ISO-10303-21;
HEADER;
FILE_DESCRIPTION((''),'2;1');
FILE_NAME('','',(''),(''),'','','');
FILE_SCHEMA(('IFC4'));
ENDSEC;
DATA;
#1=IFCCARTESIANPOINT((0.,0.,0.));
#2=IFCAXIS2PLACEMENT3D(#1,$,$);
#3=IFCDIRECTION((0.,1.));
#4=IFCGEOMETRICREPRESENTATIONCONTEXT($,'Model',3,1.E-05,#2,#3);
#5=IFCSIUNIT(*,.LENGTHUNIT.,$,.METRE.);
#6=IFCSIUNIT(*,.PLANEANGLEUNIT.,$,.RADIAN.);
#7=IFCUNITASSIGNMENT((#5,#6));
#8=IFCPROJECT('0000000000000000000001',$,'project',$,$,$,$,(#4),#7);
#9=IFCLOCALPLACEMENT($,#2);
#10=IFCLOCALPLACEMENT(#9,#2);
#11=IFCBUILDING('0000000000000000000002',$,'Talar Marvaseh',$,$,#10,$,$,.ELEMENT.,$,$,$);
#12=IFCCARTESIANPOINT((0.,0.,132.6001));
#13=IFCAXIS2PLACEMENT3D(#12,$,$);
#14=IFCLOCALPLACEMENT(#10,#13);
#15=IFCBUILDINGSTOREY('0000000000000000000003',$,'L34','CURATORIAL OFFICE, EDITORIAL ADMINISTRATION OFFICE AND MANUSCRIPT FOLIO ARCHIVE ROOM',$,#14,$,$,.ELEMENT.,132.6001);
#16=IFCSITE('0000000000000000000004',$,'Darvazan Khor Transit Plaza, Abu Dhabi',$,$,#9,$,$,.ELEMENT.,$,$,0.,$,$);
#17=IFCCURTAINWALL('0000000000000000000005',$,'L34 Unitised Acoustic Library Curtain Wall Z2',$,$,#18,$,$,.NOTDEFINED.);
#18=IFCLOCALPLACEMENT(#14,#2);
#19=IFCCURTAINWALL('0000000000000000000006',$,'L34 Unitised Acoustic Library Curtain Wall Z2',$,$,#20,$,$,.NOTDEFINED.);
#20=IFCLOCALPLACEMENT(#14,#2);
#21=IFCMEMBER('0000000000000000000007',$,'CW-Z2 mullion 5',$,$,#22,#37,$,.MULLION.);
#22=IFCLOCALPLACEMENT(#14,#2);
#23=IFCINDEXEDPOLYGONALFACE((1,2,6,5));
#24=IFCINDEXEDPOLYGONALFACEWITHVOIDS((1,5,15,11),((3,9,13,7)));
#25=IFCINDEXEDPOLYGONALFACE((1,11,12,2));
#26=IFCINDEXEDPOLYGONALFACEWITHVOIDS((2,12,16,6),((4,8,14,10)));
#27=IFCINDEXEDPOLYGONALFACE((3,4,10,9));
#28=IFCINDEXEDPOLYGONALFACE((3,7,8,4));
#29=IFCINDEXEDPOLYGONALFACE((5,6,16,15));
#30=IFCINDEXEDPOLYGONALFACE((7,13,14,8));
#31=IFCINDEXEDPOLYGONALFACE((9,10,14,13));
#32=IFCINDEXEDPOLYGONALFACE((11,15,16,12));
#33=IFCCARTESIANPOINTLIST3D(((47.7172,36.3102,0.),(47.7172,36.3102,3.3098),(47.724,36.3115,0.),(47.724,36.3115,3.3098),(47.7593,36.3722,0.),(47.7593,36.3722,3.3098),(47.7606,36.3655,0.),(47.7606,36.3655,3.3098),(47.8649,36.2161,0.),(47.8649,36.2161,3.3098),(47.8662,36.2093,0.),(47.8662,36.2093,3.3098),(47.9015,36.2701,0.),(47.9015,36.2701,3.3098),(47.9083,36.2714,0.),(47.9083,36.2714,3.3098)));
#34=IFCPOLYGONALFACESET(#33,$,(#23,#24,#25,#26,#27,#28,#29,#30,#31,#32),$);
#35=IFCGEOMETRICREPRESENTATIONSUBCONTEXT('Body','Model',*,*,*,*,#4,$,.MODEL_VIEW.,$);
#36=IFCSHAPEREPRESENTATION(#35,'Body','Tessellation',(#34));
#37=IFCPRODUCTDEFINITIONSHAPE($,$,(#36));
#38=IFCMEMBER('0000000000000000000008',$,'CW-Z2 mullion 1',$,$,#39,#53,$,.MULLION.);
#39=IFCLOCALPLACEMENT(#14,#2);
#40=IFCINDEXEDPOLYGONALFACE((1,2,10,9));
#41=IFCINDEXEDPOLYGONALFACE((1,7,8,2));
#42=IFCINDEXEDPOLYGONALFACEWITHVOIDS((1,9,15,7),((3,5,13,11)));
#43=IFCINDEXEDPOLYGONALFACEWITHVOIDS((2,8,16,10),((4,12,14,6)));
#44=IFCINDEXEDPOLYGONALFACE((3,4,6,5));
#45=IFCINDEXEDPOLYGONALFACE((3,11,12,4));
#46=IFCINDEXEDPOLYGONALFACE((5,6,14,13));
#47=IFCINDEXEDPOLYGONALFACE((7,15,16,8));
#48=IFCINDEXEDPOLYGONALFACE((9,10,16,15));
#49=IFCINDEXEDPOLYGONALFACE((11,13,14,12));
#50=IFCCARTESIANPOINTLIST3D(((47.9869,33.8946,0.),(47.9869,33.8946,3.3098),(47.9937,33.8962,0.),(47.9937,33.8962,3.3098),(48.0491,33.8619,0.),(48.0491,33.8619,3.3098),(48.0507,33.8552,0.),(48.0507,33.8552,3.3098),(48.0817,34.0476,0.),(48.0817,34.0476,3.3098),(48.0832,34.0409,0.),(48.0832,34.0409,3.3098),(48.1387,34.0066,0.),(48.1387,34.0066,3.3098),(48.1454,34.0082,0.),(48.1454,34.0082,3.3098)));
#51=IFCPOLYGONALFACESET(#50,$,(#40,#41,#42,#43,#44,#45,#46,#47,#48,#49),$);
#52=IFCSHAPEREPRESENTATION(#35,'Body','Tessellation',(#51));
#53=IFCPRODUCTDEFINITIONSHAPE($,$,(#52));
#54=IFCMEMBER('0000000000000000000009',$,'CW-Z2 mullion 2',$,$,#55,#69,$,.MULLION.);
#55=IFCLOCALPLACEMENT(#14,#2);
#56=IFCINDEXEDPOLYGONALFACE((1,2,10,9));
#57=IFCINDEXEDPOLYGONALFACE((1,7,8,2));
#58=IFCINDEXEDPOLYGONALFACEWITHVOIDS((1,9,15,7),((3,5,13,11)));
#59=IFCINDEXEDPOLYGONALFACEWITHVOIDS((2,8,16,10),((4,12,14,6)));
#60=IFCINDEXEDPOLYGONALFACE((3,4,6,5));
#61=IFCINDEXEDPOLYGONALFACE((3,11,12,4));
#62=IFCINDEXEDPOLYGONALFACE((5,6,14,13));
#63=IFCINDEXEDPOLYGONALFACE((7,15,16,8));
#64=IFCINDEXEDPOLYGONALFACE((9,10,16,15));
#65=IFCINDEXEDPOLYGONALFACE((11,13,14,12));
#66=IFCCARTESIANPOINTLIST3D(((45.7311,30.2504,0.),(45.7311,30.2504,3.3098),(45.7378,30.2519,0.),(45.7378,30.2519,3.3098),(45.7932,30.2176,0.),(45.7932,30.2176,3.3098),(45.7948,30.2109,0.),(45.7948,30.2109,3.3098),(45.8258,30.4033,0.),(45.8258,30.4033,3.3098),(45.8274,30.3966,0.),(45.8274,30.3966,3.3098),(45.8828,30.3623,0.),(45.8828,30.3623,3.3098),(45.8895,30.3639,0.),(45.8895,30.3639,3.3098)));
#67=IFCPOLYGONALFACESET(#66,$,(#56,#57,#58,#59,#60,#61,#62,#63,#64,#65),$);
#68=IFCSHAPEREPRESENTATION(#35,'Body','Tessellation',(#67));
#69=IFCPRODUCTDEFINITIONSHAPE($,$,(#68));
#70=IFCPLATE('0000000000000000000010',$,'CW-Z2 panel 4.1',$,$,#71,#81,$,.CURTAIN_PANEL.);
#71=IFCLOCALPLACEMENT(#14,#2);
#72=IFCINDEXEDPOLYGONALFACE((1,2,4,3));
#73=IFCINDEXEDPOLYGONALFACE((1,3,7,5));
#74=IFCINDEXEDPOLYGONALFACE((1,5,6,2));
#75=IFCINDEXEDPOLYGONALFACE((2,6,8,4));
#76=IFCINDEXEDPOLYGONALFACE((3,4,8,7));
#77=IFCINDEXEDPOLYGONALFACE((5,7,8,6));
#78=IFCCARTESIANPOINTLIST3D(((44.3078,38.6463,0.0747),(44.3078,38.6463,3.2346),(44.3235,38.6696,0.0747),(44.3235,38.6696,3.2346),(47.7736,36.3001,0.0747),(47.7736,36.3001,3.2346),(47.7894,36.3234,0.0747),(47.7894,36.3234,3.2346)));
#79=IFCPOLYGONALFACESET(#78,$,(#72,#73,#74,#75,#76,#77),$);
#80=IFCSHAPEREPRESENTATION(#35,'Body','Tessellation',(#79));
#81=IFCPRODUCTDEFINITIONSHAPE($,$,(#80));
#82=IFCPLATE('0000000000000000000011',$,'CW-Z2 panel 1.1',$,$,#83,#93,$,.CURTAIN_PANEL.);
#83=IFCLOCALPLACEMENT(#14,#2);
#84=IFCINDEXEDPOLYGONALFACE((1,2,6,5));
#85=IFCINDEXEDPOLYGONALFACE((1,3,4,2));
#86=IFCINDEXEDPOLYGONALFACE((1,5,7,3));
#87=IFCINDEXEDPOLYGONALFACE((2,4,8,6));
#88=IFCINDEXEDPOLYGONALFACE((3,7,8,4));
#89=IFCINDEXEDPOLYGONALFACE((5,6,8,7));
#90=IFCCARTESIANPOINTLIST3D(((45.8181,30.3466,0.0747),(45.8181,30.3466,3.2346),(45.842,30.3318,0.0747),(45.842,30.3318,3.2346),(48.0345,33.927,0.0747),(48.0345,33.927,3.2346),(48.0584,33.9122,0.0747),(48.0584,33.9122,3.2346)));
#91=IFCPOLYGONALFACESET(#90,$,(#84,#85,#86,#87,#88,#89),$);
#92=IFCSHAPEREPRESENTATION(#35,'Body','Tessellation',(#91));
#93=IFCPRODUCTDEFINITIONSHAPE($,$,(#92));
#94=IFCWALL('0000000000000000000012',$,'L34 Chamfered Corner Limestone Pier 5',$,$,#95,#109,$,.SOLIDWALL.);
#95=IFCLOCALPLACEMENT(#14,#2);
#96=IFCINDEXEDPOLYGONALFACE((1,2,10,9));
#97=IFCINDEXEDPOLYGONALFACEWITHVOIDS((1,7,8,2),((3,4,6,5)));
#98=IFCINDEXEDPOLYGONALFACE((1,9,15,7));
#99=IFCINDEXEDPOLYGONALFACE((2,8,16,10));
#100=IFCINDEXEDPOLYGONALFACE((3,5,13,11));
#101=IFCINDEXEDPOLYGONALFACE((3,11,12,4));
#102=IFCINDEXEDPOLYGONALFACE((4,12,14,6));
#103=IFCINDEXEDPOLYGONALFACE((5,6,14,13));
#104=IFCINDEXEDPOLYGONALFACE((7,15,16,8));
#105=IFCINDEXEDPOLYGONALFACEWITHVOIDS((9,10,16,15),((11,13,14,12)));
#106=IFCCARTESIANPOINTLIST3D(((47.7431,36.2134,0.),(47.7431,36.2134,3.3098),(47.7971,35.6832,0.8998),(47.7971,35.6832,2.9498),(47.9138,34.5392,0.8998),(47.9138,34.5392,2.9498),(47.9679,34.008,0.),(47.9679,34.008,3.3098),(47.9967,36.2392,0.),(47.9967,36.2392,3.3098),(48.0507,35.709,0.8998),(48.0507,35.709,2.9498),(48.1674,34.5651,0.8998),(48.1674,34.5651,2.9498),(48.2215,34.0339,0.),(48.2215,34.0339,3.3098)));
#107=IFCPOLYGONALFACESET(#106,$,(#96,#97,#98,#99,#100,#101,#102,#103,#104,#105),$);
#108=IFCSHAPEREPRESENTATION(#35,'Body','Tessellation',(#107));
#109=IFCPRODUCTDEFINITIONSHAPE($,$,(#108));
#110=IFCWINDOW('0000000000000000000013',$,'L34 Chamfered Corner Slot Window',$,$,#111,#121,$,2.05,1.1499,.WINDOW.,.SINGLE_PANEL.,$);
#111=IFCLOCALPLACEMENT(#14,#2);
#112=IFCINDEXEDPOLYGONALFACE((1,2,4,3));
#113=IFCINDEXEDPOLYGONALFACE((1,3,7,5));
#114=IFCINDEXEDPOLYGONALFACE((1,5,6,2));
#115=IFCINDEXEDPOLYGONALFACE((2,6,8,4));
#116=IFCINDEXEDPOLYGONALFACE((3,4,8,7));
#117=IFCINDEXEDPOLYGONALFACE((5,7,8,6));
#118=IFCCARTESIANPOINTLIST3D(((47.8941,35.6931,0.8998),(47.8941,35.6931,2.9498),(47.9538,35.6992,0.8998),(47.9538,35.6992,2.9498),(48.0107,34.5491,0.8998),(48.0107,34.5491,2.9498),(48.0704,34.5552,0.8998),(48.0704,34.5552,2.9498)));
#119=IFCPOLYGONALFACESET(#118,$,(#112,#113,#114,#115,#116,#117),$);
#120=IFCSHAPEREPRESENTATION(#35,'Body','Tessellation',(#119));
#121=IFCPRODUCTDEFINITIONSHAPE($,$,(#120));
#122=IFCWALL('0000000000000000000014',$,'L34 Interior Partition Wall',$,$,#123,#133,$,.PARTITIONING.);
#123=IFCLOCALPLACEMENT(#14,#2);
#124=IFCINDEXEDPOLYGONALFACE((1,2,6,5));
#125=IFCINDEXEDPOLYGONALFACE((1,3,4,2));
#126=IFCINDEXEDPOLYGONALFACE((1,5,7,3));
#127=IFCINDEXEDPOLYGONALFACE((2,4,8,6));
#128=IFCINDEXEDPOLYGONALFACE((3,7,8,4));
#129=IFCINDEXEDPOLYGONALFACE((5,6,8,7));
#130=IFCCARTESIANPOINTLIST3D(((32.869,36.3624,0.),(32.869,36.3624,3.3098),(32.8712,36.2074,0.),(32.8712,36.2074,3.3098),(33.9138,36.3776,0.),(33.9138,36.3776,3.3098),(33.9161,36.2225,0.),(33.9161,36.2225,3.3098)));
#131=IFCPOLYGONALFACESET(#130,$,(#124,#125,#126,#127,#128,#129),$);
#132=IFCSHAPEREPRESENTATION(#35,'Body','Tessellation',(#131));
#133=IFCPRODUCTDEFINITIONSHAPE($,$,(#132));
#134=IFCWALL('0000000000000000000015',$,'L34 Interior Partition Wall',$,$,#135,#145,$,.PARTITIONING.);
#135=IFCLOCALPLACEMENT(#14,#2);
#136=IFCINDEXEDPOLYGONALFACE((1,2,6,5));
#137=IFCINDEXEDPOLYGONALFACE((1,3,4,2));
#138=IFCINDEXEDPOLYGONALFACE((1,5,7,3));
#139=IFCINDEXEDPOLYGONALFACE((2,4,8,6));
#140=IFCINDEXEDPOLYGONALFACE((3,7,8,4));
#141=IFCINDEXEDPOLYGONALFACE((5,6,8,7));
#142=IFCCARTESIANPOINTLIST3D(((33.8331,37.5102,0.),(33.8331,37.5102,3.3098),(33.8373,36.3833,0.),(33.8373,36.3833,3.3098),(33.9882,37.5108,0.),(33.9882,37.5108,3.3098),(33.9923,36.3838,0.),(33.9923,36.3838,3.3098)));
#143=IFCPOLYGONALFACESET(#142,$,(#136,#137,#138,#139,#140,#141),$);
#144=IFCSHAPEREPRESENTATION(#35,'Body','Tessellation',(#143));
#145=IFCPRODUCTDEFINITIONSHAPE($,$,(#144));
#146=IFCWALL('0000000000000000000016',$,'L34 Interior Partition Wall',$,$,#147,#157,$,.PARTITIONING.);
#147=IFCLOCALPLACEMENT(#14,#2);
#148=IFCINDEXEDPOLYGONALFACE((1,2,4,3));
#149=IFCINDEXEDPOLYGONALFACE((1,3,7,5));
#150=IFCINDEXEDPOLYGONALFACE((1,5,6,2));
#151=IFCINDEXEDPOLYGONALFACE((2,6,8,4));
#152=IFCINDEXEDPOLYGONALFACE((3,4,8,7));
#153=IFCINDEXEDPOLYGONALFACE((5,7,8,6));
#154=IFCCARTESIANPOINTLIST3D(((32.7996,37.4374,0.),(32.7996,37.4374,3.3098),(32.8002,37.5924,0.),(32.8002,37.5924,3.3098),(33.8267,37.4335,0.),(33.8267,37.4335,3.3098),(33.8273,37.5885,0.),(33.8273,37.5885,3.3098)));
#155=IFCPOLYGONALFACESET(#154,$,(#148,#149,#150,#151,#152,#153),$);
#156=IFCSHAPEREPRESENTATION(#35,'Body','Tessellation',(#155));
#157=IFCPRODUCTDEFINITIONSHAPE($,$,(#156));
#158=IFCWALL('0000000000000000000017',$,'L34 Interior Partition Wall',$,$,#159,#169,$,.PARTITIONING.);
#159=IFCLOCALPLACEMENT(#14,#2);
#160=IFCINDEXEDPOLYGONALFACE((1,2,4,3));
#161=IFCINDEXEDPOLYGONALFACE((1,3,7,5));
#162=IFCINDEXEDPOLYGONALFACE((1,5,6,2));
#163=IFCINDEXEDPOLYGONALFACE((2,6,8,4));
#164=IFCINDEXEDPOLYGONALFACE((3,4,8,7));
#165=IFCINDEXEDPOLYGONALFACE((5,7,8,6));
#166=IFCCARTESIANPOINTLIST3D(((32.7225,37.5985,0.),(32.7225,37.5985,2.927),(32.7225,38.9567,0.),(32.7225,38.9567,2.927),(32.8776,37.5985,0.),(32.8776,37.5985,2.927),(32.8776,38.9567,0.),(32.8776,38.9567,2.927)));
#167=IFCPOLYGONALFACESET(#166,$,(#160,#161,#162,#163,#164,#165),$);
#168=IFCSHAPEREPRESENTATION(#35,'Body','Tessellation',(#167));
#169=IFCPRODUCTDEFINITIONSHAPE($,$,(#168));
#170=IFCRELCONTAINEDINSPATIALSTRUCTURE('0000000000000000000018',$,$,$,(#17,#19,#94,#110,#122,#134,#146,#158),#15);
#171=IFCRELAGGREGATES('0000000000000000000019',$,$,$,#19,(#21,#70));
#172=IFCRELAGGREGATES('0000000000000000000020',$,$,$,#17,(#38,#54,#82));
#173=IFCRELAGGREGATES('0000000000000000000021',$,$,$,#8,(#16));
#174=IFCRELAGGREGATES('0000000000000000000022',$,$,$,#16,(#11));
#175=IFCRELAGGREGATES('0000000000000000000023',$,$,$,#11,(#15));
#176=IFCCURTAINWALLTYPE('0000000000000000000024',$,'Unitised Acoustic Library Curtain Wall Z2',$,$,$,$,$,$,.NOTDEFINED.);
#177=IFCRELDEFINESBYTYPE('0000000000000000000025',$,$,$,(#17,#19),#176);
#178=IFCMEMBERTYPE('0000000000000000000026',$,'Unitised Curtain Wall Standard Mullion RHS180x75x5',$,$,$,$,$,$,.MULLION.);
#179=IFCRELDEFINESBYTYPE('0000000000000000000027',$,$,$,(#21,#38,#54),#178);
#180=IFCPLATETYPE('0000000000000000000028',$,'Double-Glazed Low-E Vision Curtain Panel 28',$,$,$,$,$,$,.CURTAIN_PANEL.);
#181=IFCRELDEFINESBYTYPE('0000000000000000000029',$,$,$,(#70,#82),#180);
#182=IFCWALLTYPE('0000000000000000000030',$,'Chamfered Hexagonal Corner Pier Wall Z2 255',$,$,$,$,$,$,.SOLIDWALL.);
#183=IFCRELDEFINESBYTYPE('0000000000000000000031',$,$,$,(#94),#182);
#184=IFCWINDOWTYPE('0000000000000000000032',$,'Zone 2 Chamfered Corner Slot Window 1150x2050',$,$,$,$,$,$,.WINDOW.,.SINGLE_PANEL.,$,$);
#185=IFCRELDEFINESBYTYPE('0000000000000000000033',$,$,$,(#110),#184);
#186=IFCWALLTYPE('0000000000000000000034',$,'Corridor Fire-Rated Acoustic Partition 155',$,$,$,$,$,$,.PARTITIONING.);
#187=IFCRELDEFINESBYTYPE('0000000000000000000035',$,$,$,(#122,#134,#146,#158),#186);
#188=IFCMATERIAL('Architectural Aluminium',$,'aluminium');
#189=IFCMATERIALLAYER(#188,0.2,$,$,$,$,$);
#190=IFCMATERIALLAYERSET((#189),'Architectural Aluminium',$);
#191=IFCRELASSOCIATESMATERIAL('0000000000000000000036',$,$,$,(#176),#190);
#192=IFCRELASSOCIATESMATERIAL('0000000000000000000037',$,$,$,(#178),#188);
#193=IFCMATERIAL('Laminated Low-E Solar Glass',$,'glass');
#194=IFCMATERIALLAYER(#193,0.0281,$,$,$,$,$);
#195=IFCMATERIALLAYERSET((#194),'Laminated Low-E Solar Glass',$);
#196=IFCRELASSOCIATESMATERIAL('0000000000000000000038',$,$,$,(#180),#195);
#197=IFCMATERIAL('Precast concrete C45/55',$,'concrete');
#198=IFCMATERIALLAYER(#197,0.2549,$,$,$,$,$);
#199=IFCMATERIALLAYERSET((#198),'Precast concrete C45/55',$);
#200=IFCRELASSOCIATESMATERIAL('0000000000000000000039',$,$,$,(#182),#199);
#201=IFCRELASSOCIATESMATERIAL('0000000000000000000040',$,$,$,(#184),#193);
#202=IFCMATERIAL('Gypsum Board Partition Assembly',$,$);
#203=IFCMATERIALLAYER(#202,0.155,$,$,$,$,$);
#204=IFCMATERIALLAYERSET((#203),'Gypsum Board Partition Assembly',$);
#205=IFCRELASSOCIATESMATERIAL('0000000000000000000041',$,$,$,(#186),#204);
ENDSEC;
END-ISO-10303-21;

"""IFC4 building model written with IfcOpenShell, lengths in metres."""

from ifc_helpers import new_model, si_unit, direction, frame, frame_2d, origin, origin_2d, place, context, subcontext, project, spatial, rectangle, hollow_rectangle, extrude, source, transform, mapped, material, layer, layer_set, material_profile, profile_set, type_object, type_shapes, element, fill, aggregate, save


model = new_model("IFC4")

# Units and contexts
model_context = context("Model", 3, precision=1e-05, world=origin(), true_north=direction((0.0, 1.0)))
body_context = subcontext(model_context, "Body", "Model", "MODEL_VIEW")
ifc_project = project(units=[si_unit("LENGTHUNIT", "METRE"), si_unit("PLANEANGLEUNIT", "RADIAN")], contexts=[model_context])

# Site, building, storey
site_placement = place(None, origin())
site = spatial("IfcSite", under=ifc_project, at=site_placement, Name="Darvazan Khor Transit Plaza, Abu Dhabi", CompositionType="ELEMENT", RefElevation=0.0)
building_placement = place(site_placement, origin())
building = spatial("IfcBuilding", under=site, at=building_placement, Name="Talar Marvaseh", CompositionType="ELEMENT")
storey_placement = place(building_placement, frame((0.0, 0.0, 132.6001)))
storey = spatial("IfcBuildingStorey", under=building, at=storey_placement, Name="L34", Description="CURATORIAL OFFICE, EDITORIAL ADMINISTRATION OFFICE AND MANUSCRIPT FOLIO ARCHIVE ROOM", CompositionType="ELEMENT", Elevation=132.6001)

# Curtain wall
ifc_material_1 = material(Name="Architectural Aluminium", Category="aluminium")
ifc_layer_1 = layer(ifc_material_1, 0.2)
ifc_layer_set_1 = layer_set([ifc_layer_1], Name="Architectural Aluminium")
curtain_wall_type = type_object("IfcCurtainWallType", Name="Unitised Acoustic Library Curtain Wall Z2", PredefinedType="NOTDEFINED", material=ifc_layer_set_1)
curtain_wall_1_placement = place(storey_placement, origin())
curtain_wall_1 = element("IfcCurtainWall", 1, at=curtain_wall_1_placement, inside=storey, type_object=curtain_wall_type, Name="L34 Unitised Acoustic Library Curtain Wall Z2", PredefinedType="NOTDEFINED")

# Curtain wall, member
curtain_wall_2_placement = place(storey_placement, origin())
curtain_wall_2 = element("IfcCurtainWall", 2, at=curtain_wall_2_placement, inside=storey, type_object=curtain_wall_type, Name="L34 Unitised Acoustic Library Curtain Wall Z2", PredefinedType="NOTDEFINED")
ifc_material_profile_1 = material_profile(ifc_material_1, hollow_rectangle(XDim=0.075, YDim=0.1799, WallThickness=0.0049, at=origin_2d()), Name="RHS180x75x5")
ifc_profile_set_1 = profile_set([ifc_material_profile_1], Name="Architectural Aluminium")
member_type_1 = type_object("IfcMemberType", Name="Unitised Curtain Wall Standard Mullion RHS180x75x5", PredefinedType="MULLION", material=ifc_profile_set_1)
shared_shape_1 = source(origin(), body_context, "Body", "SweptSolid", [
    extrude(hollow_rectangle(XDim=0.075, YDim=0.1799, WallThickness=0.0049, at=origin_2d()), origin(), (0.0, 0.0, 1.0), 3.3098),
])
type_shapes(member_type_1, [shared_shape_1])
member_1_placement = place(storey_placement, frame((47.8127, 36.2908, 0.0), z_axis=(0.0, 0.0, 1.0), x_axis=(0.560583, 0.828098, 0.0)))
member_1 = element("IfcMember", 3, at=member_1_placement, type_object=member_type_1, Name="CW-Z2 mullion 5", PredefinedType="MULLION", context=body_context, shape_type="MappedRepresentation", body=[
    mapped(shared_shape_1, transform((0.0, 0.0, 0.0), x_axis=(1.0, 0.0, 0.0), y_axis=(0.0, 1.0, 0.0), z_axis=(0.0, 0.0, 1.0), scale=1.0)),
])

# Members
member_2_placement = place(storey_placement, frame((48.0662, 33.9514, 0.0), z_axis=(0.0, 0.0, 1.0), x_axis=(0.850272, -0.526343, 0.0)))
member_2 = element("IfcMember", 4, at=member_2_placement, type_object=member_type_1, Name="CW-Z2 mullion 1", PredefinedType="MULLION", context=body_context, shape_type="MappedRepresentation", body=[
    mapped(shared_shape_1, transform((0.0, 0.0, 0.0), x_axis=(1.0, 0.0, 0.0), y_axis=(0.0, 1.0, 0.0), z_axis=(0.0, 0.0, 1.0), scale=1.0)),
])
member_3_placement = place(storey_placement, frame((45.8103, 30.3071, 0.0), z_axis=(0.0, 0.0, 1.0), x_axis=(0.850272, -0.526343, 0.0)))
member_3 = element("IfcMember", 5, at=member_3_placement, type_object=member_type_1, Name="CW-Z2 mullion 2", PredefinedType="MULLION", context=body_context, shape_type="MappedRepresentation", body=[
    mapped(shared_shape_1, transform((0.0, 0.0, 0.0), x_axis=(1.0, 0.0, 0.0), y_axis=(0.0, 1.0, 0.0), z_axis=(0.0, 0.0, 1.0), scale=1.0)),
])

# Plates
ifc_material_2 = material(Name="Laminated Low-E Solar Glass", Category="glass")
ifc_layer_2 = layer(ifc_material_2, 0.0281)
ifc_layer_set_2 = layer_set([ifc_layer_2], Name="Laminated Low-E Solar Glass")
plate_type = type_object("IfcPlateType", Name="Double-Glazed Low-E Vision Curtain Panel 28", PredefinedType="CURTAIN_PANEL", material=ifc_layer_set_2)
shared_shape_2 = source(origin(), body_context, "Body", "SweptSolid", [
    extrude(rectangle(XDim=4.1853, YDim=0.0281, at=origin_2d()), origin(), (0.0, 0.0, 1.0), 3.1599),
])
plate_1_placement = place(storey_placement, frame((46.0486, 37.4849, 0.0747), z_axis=(0.0, 0.0, 1.0), x_axis=(0.828098, -0.560583, 0.0)))
plate_1 = element("IfcPlate", 6, at=plate_1_placement, type_object=plate_type, Name="CW-Z2 panel 4.1", PredefinedType="CURTAIN_PANEL", context=body_context, shape_type="MappedRepresentation", body=[
    mapped(shared_shape_2, transform((0.0, 0.0, 0.0), x_axis=(1.0, 0.0, 0.0), y_axis=(0.0, 1.0, 0.0), z_axis=(0.0, 0.0, 1.0), scale=1.0)),
])
aggregate(curtain_wall_2, [member_1, plate_1])
shared_shape_3 = source(origin(), body_context, "Body", "SweptSolid", [
    extrude(rectangle(XDim=4.2109, YDim=0.0281, at=origin_2d()), origin(), (0.0, 0.0, 1.0), 3.1599),
])
type_shapes(plate_type, [shared_shape_2, shared_shape_3])
plate_2_placement = place(storey_placement, frame((46.9382, 32.1294, 0.0747), z_axis=(0.0, 0.0, 1.0), x_axis=(-0.526343, -0.850272, 0.0)))
plate_2 = element("IfcPlate", 7, at=plate_2_placement, type_object=plate_type, Name="CW-Z2 panel 1.1", PredefinedType="CURTAIN_PANEL", context=body_context, shape_type="MappedRepresentation", body=[
    mapped(shared_shape_3, transform((0.0, 0.0, 0.0), x_axis=(1.0, 0.0, 0.0), y_axis=(0.0, 1.0, 0.0), z_axis=(0.0, 0.0, 1.0), scale=1.0)),
])
aggregate(curtain_wall_1, [member_2, member_3, plate_2])

# Wall, opening, window
ifc_material_3 = material(Name="Precast concrete C45/55", Category="concrete")
ifc_layer_3 = layer(ifc_material_3, 0.2549)
ifc_layer_set_3 = layer_set([ifc_layer_3], Name="Precast concrete C45/55")
wall_type_1 = type_object("IfcWallType", Name="Chamfered Hexagonal Corner Pier Wall Z2 255", PredefinedType="SOLIDWALL", material=ifc_layer_set_3)
wall_1_placement = place(storey_placement, frame((47.8699, 36.2263, 0.0), z_axis=(0.0, 0.0, 1.0), x_axis=(0.101434, -0.994842, 0.0)))
wall_1 = element("IfcWall", 8, at=wall_1_placement, inside=storey, type_object=wall_type_1, Name="L34 Chamfered Corner Limestone Pier 5", PredefinedType="SOLIDWALL", context=body_context, shape_type="SweptSolid", body=[
    extrude(rectangle(XDim=2.2168, YDim=0.2549, at=frame_2d((1.1084, 0.0))), origin(), (0.0, 0.0, 1.0), 3.3098),
])
opening_1_placement = place(wall_1_placement, frame((0.533, 0.0, 0.8999)))
opening_1 = element("IfcOpeningElement", 9, at=opening_1_placement, cuts=wall_1, PredefinedType="OPENING", context=body_context, shape_type="SweptSolid", body=[
    extrude(rectangle(XDim=1.1499, YDim=2.05, at=frame_2d((0.575, 1.0249))), frame((0.0, 0.1375, 0.0), z_axis=(0.0, -1.0, 0.0), x_axis=(1.0, 0.0, 0.0)), (0.0, 0.0, 1.0), 0.2749),
])
window_type = type_object("IfcWindowType", Name="Zone 2 Chamfered Corner Slot Window 1150x2050", PartitioningType="SINGLE_PANEL", PredefinedType="WINDOW", material=ifc_material_2)
shared_shape_4 = source(origin(), body_context, "Body", "SweptSolid", [
    extrude(rectangle(XDim=1.1499, YDim=2.05, at=frame_2d((0.575, 1.0249))), frame((0.0, 0.03, 0.0), z_axis=(0.0, -1.0, 0.0), x_axis=(1.0, 0.0, 0.0)), (0.0, 0.0, 1.0), 0.0601),
])
type_shapes(window_type, [shared_shape_4])
window_placement = place(opening_1_placement, origin())
window = element("IfcWindow", 10, at=window_placement, inside=storey, type_object=window_type, Name="L34 Chamfered Corner Slot Window", OverallHeight=2.05, OverallWidth=1.1499, PartitioningType="SINGLE_PANEL", PredefinedType="WINDOW", context=body_context, shape_type="MappedRepresentation", body=[
    mapped(shared_shape_4, transform((0.0, 0.0, 0.0), x_axis=(1.0, 0.0, 0.0), y_axis=(0.0, 1.0, 0.0), z_axis=(0.0, 0.0, 1.0), scale=1.0)),
])
fill(opening_1, window)

# Walls
ifc_material_4 = material(Name="Gypsum Board Partition Assembly")
ifc_layer_4 = layer(ifc_material_4, 0.155)
ifc_layer_set_4 = layer_set([ifc_layer_4], Name="Gypsum Board Partition Assembly")
wall_type_2 = type_object("IfcWallType", Name="Corridor Fire-Rated Acoustic Partition 155", PredefinedType="PARTITIONING", material=ifc_layer_set_4)
wall_2_placement = place(storey_placement, frame((32.8701, 36.2849, 0.0), z_axis=(0.0, 0.0, 1.0), x_axis=(0.999895, 0.014484, 0.0)))
element("IfcWall", 11, at=wall_2_placement, inside=storey, type_object=wall_type_2, Name="L34 Interior Partition Wall", PredefinedType="PARTITIONING", context=body_context, shape_type="SweptSolid", body=[
    extrude(rectangle(XDim=1.0449, YDim=0.155, at=frame_2d((0.5225, 0.0))), origin(), (0.0, 0.0, 1.0), 3.3098),
])
wall_3_placement = place(storey_placement, frame((33.9148, 36.3835, 0.0), z_axis=(0.0, 0.0, 1.0), x_axis=(-0.003683, 0.999993, 0.0)))
element("IfcWall", 12, at=wall_3_placement, inside=storey, type_object=wall_type_2, Name="L34 Interior Partition Wall", PredefinedType="PARTITIONING", context=body_context, shape_type="SweptSolid", body=[
    extrude(rectangle(XDim=1.127, YDim=0.155, at=frame_2d((0.5635, 0.0))), origin(), (0.0, 0.0, 1.0), 3.3098),
])
wall_4_placement = place(storey_placement, frame((33.8271, 37.511, 0.0), z_axis=(0.0, 0.0, 1.0), x_axis=(-0.999993, 0.003803, 0.0)))
element("IfcWall", 13, at=wall_4_placement, inside=storey, type_object=wall_type_2, Name="L34 Interior Partition Wall", PredefinedType="PARTITIONING", context=body_context, shape_type="SweptSolid", body=[
    extrude(rectangle(XDim=1.0271, YDim=0.155, at=frame_2d((0.5137, 0.0))), origin(), (0.0, 0.0, 1.0), 3.3098),
])
wall_5_placement = place(storey_placement, frame((32.8, 37.5984, 0.0), z_axis=(0.0, 0.0, 1.0), x_axis=(0.0, 1.0, 0.0)))
element("IfcWall", 14, at=wall_5_placement, inside=storey, type_object=wall_type_2, Name="L34 Interior Partition Wall", PredefinedType="PARTITIONING", context=body_context, shape_type="SweptSolid", body=[
    extrude(rectangle(XDim=1.3582, YDim=0.155, at=frame_2d((0.6792, 0.0))), origin(), (0.0, 0.0, 1.0), 2.927),
])

save(model, "model.ifc")
